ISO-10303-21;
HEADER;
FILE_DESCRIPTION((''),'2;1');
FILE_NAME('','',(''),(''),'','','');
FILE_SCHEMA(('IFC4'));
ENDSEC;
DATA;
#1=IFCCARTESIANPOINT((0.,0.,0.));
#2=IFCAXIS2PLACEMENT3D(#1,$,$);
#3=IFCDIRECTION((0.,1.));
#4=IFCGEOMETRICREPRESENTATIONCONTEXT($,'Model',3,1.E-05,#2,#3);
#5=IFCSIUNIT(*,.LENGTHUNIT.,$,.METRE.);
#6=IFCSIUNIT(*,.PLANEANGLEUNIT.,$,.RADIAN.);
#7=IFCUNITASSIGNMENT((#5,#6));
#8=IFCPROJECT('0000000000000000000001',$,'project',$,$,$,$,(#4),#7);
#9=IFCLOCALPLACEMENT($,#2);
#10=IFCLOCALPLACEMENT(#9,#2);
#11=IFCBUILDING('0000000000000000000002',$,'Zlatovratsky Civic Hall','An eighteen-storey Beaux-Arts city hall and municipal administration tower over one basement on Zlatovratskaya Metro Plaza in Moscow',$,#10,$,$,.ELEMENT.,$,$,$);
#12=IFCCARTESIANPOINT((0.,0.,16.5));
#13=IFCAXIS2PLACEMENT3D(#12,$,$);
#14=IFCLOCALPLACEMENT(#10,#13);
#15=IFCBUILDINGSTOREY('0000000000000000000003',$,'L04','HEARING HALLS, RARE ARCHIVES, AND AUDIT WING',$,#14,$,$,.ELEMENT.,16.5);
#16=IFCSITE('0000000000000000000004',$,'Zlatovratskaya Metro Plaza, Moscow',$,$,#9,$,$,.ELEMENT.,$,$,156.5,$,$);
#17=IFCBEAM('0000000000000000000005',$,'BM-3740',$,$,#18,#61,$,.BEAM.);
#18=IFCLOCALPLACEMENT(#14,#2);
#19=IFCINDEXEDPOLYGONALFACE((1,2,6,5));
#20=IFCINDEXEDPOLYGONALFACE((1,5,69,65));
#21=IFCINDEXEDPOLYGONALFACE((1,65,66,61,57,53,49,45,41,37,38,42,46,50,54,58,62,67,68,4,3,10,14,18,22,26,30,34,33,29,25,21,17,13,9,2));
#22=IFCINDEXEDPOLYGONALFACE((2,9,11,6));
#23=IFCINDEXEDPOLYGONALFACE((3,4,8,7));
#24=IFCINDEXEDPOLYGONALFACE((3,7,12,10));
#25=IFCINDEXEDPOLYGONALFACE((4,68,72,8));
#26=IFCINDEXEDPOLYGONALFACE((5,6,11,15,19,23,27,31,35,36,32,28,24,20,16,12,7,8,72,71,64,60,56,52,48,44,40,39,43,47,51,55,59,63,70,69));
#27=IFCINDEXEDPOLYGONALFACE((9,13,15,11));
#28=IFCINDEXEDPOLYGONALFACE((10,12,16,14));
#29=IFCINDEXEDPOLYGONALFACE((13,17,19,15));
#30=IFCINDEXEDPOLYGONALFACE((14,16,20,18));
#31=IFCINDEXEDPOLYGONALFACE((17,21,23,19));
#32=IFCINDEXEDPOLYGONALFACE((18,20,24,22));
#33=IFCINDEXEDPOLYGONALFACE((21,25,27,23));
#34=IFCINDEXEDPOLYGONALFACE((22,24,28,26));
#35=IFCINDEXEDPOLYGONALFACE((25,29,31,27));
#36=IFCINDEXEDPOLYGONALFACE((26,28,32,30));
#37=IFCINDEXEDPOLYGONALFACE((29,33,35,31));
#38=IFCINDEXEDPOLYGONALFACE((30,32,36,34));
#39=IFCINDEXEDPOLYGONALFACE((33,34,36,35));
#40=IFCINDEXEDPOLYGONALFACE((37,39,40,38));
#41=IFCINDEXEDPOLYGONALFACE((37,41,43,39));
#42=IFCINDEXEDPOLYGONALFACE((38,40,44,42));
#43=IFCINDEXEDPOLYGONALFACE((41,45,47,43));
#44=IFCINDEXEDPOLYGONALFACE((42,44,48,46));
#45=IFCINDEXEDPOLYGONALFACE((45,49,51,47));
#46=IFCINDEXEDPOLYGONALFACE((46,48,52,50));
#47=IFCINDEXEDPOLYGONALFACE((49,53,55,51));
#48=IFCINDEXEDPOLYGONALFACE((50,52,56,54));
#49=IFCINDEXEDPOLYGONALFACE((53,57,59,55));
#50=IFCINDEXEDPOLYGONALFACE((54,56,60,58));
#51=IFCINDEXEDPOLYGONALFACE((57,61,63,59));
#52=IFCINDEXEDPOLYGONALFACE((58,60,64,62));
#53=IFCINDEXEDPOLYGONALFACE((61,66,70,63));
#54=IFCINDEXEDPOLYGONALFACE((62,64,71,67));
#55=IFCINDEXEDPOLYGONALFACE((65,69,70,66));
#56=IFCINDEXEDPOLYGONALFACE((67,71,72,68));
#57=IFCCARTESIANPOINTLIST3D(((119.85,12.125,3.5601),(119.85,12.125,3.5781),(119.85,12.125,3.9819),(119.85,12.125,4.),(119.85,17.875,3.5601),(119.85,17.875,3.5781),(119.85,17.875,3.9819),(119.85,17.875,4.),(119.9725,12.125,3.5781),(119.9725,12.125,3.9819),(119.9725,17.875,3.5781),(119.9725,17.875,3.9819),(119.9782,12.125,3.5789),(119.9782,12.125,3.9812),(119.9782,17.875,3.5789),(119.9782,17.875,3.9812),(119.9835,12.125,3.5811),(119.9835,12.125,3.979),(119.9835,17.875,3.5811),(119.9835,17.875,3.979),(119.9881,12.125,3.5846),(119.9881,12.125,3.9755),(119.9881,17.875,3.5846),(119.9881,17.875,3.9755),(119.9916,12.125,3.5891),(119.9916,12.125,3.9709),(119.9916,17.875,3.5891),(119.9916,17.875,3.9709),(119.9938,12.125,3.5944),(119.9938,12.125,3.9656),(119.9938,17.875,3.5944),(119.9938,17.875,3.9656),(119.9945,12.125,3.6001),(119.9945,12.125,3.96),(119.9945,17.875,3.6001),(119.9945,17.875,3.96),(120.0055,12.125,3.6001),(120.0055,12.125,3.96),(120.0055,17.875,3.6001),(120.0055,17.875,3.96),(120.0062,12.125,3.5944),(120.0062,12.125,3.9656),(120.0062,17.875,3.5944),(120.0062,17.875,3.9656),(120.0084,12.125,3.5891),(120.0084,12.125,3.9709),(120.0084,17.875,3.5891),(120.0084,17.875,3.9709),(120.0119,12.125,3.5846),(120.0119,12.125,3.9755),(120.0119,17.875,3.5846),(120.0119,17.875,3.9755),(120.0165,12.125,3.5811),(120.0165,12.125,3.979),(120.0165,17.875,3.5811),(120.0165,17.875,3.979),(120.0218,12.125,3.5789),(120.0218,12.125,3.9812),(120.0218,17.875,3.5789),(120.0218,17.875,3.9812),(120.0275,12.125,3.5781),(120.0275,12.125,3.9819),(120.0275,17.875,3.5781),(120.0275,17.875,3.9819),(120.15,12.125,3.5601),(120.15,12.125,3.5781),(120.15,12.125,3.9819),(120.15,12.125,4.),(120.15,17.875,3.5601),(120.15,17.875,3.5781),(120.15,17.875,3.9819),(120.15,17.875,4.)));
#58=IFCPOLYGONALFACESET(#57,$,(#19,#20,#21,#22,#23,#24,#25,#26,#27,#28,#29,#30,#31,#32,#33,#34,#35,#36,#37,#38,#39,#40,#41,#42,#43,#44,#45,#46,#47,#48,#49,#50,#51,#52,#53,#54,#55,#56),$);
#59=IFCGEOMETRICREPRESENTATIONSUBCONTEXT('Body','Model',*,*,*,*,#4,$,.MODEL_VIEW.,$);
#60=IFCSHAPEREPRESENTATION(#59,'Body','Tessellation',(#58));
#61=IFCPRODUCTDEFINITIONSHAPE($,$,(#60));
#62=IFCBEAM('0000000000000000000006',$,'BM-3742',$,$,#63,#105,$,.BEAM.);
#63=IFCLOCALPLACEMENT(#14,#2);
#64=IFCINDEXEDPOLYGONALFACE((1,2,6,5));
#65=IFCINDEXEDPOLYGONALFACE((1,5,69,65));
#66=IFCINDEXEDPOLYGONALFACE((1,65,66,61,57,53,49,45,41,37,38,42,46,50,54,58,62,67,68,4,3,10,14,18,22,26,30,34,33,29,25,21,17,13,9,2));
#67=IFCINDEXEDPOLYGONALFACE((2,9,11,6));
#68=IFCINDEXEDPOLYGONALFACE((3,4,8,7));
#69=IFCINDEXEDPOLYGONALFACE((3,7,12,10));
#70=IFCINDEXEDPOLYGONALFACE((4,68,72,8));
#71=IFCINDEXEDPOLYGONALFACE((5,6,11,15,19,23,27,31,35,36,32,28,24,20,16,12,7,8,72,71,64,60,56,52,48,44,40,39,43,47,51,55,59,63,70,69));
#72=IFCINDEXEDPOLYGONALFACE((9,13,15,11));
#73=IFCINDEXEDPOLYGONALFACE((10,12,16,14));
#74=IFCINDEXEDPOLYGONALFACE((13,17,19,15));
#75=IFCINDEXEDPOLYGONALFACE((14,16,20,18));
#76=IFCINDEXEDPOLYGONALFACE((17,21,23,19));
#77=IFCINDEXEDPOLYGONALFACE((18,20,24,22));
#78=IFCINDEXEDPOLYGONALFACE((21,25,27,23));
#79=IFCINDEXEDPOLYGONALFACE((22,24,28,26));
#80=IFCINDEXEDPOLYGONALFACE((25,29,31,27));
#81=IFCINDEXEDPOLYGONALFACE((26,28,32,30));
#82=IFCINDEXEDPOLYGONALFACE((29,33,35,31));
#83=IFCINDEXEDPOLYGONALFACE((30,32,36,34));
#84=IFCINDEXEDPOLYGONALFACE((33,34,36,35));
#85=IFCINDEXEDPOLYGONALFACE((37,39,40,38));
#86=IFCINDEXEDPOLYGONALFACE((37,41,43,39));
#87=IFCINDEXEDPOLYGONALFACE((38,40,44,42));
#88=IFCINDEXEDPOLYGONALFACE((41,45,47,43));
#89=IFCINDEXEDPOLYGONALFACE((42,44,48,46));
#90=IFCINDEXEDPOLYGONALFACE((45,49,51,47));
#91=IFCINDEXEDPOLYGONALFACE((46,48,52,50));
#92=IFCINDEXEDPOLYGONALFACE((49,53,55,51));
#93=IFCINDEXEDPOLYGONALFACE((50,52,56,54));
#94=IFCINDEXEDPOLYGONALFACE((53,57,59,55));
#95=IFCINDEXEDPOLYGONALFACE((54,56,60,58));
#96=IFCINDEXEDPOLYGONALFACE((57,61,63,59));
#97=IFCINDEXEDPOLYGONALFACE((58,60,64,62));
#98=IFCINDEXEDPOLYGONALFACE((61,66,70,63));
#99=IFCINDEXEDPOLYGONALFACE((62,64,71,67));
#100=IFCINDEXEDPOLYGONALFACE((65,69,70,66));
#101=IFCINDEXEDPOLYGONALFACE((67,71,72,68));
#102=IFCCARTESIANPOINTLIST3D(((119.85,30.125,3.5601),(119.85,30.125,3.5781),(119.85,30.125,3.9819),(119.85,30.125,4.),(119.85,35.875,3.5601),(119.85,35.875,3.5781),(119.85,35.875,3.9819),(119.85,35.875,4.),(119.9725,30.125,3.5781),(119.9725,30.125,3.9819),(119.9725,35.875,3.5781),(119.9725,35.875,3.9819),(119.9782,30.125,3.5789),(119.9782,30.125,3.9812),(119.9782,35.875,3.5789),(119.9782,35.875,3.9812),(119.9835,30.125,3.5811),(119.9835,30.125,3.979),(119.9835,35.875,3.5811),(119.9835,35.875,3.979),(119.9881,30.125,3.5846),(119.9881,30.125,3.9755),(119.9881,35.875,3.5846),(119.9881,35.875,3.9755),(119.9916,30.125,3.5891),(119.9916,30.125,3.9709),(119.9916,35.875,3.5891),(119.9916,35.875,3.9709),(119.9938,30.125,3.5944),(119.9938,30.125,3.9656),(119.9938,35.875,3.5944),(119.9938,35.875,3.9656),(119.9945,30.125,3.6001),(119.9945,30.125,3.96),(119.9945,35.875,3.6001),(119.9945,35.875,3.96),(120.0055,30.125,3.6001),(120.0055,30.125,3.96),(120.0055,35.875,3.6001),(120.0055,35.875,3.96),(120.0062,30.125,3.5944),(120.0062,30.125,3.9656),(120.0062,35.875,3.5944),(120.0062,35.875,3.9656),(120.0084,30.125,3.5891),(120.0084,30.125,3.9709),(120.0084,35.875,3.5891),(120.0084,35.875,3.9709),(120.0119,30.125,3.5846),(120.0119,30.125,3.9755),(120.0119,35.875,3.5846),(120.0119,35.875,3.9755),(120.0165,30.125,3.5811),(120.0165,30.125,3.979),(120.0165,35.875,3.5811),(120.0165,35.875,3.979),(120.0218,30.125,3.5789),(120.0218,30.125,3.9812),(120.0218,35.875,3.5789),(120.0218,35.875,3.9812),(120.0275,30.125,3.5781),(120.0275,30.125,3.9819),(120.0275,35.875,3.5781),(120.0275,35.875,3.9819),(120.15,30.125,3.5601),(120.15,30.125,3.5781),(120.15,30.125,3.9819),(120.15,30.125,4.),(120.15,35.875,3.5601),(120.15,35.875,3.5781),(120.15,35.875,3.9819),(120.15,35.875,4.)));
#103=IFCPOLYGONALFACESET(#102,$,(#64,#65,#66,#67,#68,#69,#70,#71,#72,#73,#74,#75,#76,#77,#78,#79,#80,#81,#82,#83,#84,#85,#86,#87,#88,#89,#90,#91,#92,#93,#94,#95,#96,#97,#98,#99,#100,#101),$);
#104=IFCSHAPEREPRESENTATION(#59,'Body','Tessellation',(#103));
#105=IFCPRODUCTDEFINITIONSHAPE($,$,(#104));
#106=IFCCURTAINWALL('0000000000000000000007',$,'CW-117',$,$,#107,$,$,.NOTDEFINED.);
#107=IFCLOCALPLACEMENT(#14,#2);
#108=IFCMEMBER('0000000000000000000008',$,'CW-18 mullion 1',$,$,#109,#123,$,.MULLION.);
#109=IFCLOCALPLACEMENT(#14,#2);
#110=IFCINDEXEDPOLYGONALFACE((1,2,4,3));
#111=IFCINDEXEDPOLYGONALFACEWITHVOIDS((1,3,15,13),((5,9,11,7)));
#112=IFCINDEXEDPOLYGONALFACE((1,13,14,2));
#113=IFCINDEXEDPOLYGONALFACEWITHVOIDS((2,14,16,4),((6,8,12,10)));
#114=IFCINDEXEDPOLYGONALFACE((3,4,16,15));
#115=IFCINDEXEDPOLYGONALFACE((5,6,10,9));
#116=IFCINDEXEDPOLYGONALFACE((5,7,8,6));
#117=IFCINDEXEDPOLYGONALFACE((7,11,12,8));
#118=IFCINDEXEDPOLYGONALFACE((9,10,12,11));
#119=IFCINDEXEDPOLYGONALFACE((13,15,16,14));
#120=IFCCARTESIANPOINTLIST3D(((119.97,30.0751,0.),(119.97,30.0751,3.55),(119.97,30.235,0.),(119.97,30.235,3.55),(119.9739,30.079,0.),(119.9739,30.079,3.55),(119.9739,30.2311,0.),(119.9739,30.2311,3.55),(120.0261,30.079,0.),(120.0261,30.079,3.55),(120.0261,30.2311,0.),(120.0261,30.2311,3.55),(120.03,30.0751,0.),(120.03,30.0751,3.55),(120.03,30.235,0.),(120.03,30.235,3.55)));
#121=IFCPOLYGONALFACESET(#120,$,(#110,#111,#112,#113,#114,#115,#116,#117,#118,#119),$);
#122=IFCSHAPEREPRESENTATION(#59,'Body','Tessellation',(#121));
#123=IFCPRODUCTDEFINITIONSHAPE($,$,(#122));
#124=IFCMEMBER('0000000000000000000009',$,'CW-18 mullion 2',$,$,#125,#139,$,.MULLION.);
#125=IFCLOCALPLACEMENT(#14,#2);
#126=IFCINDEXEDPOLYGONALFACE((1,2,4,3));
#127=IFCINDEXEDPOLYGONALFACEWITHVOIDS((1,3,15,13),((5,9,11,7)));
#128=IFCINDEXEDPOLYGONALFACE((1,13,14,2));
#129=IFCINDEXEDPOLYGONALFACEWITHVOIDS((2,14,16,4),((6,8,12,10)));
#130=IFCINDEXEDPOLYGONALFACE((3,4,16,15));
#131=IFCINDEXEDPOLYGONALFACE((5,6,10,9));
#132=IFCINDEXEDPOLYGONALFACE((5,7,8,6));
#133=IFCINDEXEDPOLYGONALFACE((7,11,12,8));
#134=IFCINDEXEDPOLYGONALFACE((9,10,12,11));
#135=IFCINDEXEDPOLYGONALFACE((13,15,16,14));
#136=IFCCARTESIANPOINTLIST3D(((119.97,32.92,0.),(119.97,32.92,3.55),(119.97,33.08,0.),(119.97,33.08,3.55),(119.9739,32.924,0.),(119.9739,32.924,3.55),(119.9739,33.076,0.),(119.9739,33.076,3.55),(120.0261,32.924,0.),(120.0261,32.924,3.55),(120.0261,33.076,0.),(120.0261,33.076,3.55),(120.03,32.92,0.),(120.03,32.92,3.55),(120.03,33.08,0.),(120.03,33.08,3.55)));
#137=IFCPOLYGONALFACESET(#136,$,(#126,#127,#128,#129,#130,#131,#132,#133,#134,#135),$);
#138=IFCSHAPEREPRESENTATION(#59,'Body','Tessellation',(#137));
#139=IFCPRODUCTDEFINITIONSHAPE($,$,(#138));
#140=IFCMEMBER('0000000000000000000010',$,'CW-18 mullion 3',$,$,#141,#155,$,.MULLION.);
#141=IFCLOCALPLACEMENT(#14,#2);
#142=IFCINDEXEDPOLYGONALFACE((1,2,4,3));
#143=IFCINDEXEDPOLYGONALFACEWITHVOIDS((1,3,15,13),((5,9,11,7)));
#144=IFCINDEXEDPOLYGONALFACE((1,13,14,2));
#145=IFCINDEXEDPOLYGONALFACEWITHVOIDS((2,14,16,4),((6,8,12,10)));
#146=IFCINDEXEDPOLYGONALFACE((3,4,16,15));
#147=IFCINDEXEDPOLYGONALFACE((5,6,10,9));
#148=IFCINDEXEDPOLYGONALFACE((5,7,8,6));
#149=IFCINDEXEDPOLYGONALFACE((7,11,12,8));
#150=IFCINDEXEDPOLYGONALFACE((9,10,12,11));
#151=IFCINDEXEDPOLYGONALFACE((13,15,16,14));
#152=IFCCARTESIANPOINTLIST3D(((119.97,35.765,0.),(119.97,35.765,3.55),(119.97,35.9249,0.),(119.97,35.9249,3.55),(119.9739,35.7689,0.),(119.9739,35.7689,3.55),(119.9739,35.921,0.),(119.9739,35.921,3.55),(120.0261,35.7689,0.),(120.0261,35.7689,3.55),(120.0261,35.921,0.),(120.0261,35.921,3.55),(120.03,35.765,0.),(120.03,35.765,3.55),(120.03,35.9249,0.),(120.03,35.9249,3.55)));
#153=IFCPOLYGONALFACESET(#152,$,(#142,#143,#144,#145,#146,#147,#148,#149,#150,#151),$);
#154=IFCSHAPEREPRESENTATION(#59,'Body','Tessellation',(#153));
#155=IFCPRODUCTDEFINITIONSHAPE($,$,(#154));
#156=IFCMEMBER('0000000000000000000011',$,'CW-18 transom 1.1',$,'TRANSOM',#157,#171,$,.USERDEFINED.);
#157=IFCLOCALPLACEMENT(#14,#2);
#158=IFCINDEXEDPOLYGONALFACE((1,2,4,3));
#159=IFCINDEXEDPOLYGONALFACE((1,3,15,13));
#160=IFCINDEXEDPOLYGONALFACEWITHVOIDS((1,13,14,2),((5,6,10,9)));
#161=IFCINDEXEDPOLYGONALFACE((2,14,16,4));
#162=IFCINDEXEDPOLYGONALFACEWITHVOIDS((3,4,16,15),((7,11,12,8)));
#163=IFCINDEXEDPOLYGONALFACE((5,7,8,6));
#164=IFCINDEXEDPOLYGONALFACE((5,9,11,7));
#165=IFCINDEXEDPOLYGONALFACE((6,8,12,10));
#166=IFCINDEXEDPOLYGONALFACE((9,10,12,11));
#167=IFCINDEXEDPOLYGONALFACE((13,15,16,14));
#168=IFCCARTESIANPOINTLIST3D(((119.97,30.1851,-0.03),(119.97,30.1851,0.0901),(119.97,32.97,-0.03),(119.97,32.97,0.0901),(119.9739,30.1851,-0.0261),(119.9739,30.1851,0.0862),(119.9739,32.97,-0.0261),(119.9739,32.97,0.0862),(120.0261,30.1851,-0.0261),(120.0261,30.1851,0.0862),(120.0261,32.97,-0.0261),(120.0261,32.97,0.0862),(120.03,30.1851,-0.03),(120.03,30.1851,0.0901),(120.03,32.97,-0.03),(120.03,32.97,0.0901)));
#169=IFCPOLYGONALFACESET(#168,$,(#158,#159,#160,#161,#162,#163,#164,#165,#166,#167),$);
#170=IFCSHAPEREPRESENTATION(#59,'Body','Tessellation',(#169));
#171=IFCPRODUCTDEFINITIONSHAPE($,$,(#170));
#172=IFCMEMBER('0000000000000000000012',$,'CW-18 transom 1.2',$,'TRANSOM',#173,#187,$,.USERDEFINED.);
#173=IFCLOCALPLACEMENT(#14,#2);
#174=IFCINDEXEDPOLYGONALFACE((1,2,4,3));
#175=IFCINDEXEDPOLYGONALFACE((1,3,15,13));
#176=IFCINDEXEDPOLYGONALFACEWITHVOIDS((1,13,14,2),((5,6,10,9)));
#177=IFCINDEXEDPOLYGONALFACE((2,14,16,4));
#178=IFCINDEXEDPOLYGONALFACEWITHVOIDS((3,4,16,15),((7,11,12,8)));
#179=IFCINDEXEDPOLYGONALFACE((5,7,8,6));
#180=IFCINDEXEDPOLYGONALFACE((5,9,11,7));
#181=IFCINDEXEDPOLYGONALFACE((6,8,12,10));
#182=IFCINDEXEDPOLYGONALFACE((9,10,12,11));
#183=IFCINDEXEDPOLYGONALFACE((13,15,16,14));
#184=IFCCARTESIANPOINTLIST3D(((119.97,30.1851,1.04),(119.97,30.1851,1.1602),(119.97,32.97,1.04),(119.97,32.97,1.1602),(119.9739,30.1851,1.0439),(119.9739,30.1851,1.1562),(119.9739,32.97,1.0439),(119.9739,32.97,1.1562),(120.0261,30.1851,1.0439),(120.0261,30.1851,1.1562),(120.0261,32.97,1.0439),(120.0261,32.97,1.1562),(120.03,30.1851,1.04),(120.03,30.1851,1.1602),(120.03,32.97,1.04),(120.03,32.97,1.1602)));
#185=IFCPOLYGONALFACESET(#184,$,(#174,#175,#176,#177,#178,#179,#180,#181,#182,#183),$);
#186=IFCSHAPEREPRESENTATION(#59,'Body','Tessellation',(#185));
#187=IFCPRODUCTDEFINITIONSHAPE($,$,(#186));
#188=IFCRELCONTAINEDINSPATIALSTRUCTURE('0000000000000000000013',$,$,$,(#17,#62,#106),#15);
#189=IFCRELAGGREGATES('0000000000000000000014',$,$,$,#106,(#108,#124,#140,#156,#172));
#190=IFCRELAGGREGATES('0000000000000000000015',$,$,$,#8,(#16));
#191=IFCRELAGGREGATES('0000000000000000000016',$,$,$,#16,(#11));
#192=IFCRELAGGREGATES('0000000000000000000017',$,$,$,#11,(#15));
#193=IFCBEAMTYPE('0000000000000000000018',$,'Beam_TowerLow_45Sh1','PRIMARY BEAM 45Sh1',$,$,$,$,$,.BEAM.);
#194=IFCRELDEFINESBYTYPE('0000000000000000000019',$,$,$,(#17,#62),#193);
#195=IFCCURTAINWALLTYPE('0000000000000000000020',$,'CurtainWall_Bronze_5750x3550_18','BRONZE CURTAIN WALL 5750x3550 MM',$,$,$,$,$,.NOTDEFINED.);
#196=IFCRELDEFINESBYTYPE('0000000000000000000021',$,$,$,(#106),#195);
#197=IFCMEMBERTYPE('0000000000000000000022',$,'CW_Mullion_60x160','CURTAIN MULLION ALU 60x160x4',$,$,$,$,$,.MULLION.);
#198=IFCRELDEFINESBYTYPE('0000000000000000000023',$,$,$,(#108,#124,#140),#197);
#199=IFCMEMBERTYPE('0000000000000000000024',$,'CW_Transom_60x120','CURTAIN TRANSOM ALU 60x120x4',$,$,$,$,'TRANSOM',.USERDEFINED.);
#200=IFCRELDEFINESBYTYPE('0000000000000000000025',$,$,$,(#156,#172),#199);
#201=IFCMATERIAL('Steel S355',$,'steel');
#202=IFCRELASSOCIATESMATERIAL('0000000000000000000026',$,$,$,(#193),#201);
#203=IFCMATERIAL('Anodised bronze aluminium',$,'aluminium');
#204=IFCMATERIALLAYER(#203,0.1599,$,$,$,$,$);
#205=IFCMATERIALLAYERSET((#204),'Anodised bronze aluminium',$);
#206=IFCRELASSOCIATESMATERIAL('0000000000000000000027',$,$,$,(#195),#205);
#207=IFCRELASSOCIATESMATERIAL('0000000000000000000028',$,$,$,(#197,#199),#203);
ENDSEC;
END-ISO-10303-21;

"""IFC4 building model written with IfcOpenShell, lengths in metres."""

from ifc_helpers import new_model, si_unit, direction, frame, origin, origin_2d, place, context, subcontext, project, spatial, hollow_rectangle, i_section, extrude, material, layer, layer_set, material_profile, profile_set, type_object, element, aggregate, save


model = new_model("IFC4")

# Units and contexts
model_context = context("Model", 3, precision=1e-05, world=origin(), true_north=direction((0.0, 1.0)))
body_context = subcontext(model_context, "Body", "Model", "MODEL_VIEW")
ifc_project = project(units=[si_unit("LENGTHUNIT", "METRE"), si_unit("PLANEANGLEUNIT", "RADIAN")], contexts=[model_context])

# Site, building, storey
site_placement = place(None, origin())
site = spatial("IfcSite", under=ifc_project, at=site_placement, Name="Zlatovratskaya Metro Plaza, Moscow", CompositionType="ELEMENT", RefElevation=156.5)
building_placement = place(site_placement, origin())
building = spatial("IfcBuilding", under=site, at=building_placement, Name="Zlatovratsky Civic Hall", Description="An eighteen-storey Beaux-Arts city hall and municipal administration tower over one basement on Zlatovratskaya Metro Plaza in Moscow", CompositionType="ELEMENT")
storey_placement = place(building_placement, frame((0.0, 0.0, 16.5)))
storey = spatial("IfcBuildingStorey", under=building, at=storey_placement, Name="L04", Description="HEARING HALLS, RARE ARCHIVES, AND AUDIT WING", CompositionType="ELEMENT", Elevation=16.5)

# Shared definitions
ifc_material_1 = material(Name="Steel S355", Category="steel")

# Beams
ifc_material_profile_1 = material_profile(ifc_material_1, i_section(OverallWidth=0.3, OverallDepth=0.4399, WebThickness=0.011, FlangeThickness=0.0181, FilletRadius=0.022, at=origin_2d()), Name="45Sh1")
ifc_profile_set_1 = profile_set([ifc_material_profile_1], Name="Steel S355")
beam_type_1 = type_object("IfcBeamType", Name="Beam_TowerLow_45Sh1", Description="PRIMARY BEAM 45Sh1", PredefinedType="BEAM", material=ifc_profile_set_1)
for number, where, z_axis, x_axis, name in (
    (1, (120.0, 12.125, 3.78), (0.0, 1.0, 0.0), (-1.0, 0.0, 0.0), "BM-3740"),
    (2, (120.0, 30.125, 3.78), (0.0, 1.0, 0.0), (-1.0, 0.0, 0.0), "BM-3742"),
):
    element("IfcBeam", number, at=place(storey_placement, frame(where, z_axis=z_axis, x_axis=x_axis)), inside=storey, type_object=beam_type_1, Name=name, PredefinedType="BEAM", context=body_context, shape_type="SweptSolid", body=[
        extrude(i_section(OverallWidth=0.3, OverallDepth=0.4399, WebThickness=0.011, FlangeThickness=0.0181, FilletRadius=0.022, at=origin_2d()), origin(), (0.0, 0.0, 1.0), 5.75),
    ])

# Curtain wall, members
ifc_material_2 = material(Name="Anodised bronze aluminium", Category="aluminium")
ifc_layer_1 = layer(ifc_material_2, 0.1599)
ifc_layer_set_1 = layer_set([ifc_layer_1], Name="Anodised bronze aluminium")
curtain_wall_type = type_object("IfcCurtainWallType", Name="CurtainWall_Bronze_5750x3550_18", Description="BRONZE CURTAIN WALL 5750x3550 MM", PredefinedType="NOTDEFINED", material=ifc_layer_set_1)
curtain_wall_placement = place(storey_placement, origin())
curtain_wall = element("IfcCurtainWall", 3, at=curtain_wall_placement, inside=storey, type_object=curtain_wall_type, Name="CW-117", PredefinedType="NOTDEFINED")
ifc_material_profile_2 = material_profile(ifc_material_2, hollow_rectangle(XDim=0.0601, YDim=0.1599, WallThickness=0.0039, at=origin_2d()), Name="ALU 60x160x4")
ifc_profile_set_2 = profile_set([ifc_material_profile_2], Name="Anodised bronze aluminium")
member_type_1 = type_object("IfcMemberType", Name="CW_Mullion_60x160", Description="CURTAIN MULLION ALU 60x160x4", PredefinedType="MULLION", material=ifc_profile_set_2)
member_1_placement = place(storey_placement, frame((120.0, 30.155, 0.0), z_axis=(0.0, 0.0, 1.0), x_axis=(-1.0, 0.0, 0.0)))
member_1 = element("IfcMember", 4, at=member_1_placement, type_object=member_type_1, Name="CW-18 mullion 1", PredefinedType="MULLION", context=body_context, shape_type="SweptSolid", body=[
    extrude(hollow_rectangle(XDim=0.0601, YDim=0.1599, WallThickness=0.0039, at=origin_2d()), origin(), (0.0, 0.0, 1.0), 3.55),
])
member_2_placement = place(storey_placement, frame((120.0, 33.0, 0.0), z_axis=(0.0, 0.0, 1.0), x_axis=(-1.0, 0.0, 0.0)))
member_2 = element("IfcMember", 5, at=member_2_placement, type_object=member_type_1, Name="CW-18 mullion 2", PredefinedType="MULLION", context=body_context, shape_type="SweptSolid", body=[
    extrude(hollow_rectangle(XDim=0.0601, YDim=0.1599, WallThickness=0.0039, at=origin_2d()), origin(), (0.0, 0.0, 1.0), 3.55),
])
member_3_placement = place(storey_placement, frame((120.0, 35.845, 0.0), z_axis=(0.0, 0.0, 1.0), x_axis=(-1.0, 0.0, 0.0)))
member_3 = element("IfcMember", 6, at=member_3_placement, type_object=member_type_1, Name="CW-18 mullion 3", PredefinedType="MULLION", context=body_context, shape_type="SweptSolid", body=[
    extrude(hollow_rectangle(XDim=0.0601, YDim=0.1599, WallThickness=0.0039, at=origin_2d()), origin(), (0.0, 0.0, 1.0), 3.55),
])
ifc_material_profile_3 = material_profile(ifc_material_2, hollow_rectangle(XDim=0.0601, YDim=0.1201, WallThickness=0.0039, at=origin_2d()), Name="ALU 60x120x4")
ifc_profile_set_3 = profile_set([ifc_material_profile_3], Name="Anodised bronze aluminium")
member_type_2 = type_object("IfcMemberType", Name="CW_Transom_60x120", Description="CURTAIN TRANSOM ALU 60x120x4", ElementType="TRANSOM", PredefinedType="USERDEFINED", material=ifc_profile_set_3)
member_4_placement = place(storey_placement, frame((120.0, 30.1851, 0.03), z_axis=(0.0, 1.0, 0.0), x_axis=(-1.0, 0.0, 0.0)))
member_4 = element("IfcMember", 7, at=member_4_placement, type_object=member_type_2, Name="CW-18 transom 1.1", ObjectType="TRANSOM", PredefinedType="USERDEFINED", context=body_context, shape_type="SweptSolid", body=[
    extrude(hollow_rectangle(XDim=0.0601, YDim=0.1201, WallThickness=0.0039, at=origin_2d()), origin(), (0.0, 0.0, 1.0), 2.7849),
])
member_5_placement = place(storey_placement, frame((120.0, 30.1851, 1.1001), z_axis=(0.0, 1.0, 0.0), x_axis=(-1.0, 0.0, 0.0)))
member_5 = element("IfcMember", 8, at=member_5_placement, type_object=member_type_2, Name="CW-18 transom 1.2", ObjectType="TRANSOM", PredefinedType="USERDEFINED", context=body_context, shape_type="SweptSolid", body=[
    extrude(hollow_rectangle(XDim=0.0601, YDim=0.1201, WallThickness=0.0039, at=origin_2d()), origin(), (0.0, 0.0, 1.0), 2.7849),
])
aggregate(curtain_wall, [member_1, member_2, member_3, member_4, member_5])

save(model, "model.ifc")
